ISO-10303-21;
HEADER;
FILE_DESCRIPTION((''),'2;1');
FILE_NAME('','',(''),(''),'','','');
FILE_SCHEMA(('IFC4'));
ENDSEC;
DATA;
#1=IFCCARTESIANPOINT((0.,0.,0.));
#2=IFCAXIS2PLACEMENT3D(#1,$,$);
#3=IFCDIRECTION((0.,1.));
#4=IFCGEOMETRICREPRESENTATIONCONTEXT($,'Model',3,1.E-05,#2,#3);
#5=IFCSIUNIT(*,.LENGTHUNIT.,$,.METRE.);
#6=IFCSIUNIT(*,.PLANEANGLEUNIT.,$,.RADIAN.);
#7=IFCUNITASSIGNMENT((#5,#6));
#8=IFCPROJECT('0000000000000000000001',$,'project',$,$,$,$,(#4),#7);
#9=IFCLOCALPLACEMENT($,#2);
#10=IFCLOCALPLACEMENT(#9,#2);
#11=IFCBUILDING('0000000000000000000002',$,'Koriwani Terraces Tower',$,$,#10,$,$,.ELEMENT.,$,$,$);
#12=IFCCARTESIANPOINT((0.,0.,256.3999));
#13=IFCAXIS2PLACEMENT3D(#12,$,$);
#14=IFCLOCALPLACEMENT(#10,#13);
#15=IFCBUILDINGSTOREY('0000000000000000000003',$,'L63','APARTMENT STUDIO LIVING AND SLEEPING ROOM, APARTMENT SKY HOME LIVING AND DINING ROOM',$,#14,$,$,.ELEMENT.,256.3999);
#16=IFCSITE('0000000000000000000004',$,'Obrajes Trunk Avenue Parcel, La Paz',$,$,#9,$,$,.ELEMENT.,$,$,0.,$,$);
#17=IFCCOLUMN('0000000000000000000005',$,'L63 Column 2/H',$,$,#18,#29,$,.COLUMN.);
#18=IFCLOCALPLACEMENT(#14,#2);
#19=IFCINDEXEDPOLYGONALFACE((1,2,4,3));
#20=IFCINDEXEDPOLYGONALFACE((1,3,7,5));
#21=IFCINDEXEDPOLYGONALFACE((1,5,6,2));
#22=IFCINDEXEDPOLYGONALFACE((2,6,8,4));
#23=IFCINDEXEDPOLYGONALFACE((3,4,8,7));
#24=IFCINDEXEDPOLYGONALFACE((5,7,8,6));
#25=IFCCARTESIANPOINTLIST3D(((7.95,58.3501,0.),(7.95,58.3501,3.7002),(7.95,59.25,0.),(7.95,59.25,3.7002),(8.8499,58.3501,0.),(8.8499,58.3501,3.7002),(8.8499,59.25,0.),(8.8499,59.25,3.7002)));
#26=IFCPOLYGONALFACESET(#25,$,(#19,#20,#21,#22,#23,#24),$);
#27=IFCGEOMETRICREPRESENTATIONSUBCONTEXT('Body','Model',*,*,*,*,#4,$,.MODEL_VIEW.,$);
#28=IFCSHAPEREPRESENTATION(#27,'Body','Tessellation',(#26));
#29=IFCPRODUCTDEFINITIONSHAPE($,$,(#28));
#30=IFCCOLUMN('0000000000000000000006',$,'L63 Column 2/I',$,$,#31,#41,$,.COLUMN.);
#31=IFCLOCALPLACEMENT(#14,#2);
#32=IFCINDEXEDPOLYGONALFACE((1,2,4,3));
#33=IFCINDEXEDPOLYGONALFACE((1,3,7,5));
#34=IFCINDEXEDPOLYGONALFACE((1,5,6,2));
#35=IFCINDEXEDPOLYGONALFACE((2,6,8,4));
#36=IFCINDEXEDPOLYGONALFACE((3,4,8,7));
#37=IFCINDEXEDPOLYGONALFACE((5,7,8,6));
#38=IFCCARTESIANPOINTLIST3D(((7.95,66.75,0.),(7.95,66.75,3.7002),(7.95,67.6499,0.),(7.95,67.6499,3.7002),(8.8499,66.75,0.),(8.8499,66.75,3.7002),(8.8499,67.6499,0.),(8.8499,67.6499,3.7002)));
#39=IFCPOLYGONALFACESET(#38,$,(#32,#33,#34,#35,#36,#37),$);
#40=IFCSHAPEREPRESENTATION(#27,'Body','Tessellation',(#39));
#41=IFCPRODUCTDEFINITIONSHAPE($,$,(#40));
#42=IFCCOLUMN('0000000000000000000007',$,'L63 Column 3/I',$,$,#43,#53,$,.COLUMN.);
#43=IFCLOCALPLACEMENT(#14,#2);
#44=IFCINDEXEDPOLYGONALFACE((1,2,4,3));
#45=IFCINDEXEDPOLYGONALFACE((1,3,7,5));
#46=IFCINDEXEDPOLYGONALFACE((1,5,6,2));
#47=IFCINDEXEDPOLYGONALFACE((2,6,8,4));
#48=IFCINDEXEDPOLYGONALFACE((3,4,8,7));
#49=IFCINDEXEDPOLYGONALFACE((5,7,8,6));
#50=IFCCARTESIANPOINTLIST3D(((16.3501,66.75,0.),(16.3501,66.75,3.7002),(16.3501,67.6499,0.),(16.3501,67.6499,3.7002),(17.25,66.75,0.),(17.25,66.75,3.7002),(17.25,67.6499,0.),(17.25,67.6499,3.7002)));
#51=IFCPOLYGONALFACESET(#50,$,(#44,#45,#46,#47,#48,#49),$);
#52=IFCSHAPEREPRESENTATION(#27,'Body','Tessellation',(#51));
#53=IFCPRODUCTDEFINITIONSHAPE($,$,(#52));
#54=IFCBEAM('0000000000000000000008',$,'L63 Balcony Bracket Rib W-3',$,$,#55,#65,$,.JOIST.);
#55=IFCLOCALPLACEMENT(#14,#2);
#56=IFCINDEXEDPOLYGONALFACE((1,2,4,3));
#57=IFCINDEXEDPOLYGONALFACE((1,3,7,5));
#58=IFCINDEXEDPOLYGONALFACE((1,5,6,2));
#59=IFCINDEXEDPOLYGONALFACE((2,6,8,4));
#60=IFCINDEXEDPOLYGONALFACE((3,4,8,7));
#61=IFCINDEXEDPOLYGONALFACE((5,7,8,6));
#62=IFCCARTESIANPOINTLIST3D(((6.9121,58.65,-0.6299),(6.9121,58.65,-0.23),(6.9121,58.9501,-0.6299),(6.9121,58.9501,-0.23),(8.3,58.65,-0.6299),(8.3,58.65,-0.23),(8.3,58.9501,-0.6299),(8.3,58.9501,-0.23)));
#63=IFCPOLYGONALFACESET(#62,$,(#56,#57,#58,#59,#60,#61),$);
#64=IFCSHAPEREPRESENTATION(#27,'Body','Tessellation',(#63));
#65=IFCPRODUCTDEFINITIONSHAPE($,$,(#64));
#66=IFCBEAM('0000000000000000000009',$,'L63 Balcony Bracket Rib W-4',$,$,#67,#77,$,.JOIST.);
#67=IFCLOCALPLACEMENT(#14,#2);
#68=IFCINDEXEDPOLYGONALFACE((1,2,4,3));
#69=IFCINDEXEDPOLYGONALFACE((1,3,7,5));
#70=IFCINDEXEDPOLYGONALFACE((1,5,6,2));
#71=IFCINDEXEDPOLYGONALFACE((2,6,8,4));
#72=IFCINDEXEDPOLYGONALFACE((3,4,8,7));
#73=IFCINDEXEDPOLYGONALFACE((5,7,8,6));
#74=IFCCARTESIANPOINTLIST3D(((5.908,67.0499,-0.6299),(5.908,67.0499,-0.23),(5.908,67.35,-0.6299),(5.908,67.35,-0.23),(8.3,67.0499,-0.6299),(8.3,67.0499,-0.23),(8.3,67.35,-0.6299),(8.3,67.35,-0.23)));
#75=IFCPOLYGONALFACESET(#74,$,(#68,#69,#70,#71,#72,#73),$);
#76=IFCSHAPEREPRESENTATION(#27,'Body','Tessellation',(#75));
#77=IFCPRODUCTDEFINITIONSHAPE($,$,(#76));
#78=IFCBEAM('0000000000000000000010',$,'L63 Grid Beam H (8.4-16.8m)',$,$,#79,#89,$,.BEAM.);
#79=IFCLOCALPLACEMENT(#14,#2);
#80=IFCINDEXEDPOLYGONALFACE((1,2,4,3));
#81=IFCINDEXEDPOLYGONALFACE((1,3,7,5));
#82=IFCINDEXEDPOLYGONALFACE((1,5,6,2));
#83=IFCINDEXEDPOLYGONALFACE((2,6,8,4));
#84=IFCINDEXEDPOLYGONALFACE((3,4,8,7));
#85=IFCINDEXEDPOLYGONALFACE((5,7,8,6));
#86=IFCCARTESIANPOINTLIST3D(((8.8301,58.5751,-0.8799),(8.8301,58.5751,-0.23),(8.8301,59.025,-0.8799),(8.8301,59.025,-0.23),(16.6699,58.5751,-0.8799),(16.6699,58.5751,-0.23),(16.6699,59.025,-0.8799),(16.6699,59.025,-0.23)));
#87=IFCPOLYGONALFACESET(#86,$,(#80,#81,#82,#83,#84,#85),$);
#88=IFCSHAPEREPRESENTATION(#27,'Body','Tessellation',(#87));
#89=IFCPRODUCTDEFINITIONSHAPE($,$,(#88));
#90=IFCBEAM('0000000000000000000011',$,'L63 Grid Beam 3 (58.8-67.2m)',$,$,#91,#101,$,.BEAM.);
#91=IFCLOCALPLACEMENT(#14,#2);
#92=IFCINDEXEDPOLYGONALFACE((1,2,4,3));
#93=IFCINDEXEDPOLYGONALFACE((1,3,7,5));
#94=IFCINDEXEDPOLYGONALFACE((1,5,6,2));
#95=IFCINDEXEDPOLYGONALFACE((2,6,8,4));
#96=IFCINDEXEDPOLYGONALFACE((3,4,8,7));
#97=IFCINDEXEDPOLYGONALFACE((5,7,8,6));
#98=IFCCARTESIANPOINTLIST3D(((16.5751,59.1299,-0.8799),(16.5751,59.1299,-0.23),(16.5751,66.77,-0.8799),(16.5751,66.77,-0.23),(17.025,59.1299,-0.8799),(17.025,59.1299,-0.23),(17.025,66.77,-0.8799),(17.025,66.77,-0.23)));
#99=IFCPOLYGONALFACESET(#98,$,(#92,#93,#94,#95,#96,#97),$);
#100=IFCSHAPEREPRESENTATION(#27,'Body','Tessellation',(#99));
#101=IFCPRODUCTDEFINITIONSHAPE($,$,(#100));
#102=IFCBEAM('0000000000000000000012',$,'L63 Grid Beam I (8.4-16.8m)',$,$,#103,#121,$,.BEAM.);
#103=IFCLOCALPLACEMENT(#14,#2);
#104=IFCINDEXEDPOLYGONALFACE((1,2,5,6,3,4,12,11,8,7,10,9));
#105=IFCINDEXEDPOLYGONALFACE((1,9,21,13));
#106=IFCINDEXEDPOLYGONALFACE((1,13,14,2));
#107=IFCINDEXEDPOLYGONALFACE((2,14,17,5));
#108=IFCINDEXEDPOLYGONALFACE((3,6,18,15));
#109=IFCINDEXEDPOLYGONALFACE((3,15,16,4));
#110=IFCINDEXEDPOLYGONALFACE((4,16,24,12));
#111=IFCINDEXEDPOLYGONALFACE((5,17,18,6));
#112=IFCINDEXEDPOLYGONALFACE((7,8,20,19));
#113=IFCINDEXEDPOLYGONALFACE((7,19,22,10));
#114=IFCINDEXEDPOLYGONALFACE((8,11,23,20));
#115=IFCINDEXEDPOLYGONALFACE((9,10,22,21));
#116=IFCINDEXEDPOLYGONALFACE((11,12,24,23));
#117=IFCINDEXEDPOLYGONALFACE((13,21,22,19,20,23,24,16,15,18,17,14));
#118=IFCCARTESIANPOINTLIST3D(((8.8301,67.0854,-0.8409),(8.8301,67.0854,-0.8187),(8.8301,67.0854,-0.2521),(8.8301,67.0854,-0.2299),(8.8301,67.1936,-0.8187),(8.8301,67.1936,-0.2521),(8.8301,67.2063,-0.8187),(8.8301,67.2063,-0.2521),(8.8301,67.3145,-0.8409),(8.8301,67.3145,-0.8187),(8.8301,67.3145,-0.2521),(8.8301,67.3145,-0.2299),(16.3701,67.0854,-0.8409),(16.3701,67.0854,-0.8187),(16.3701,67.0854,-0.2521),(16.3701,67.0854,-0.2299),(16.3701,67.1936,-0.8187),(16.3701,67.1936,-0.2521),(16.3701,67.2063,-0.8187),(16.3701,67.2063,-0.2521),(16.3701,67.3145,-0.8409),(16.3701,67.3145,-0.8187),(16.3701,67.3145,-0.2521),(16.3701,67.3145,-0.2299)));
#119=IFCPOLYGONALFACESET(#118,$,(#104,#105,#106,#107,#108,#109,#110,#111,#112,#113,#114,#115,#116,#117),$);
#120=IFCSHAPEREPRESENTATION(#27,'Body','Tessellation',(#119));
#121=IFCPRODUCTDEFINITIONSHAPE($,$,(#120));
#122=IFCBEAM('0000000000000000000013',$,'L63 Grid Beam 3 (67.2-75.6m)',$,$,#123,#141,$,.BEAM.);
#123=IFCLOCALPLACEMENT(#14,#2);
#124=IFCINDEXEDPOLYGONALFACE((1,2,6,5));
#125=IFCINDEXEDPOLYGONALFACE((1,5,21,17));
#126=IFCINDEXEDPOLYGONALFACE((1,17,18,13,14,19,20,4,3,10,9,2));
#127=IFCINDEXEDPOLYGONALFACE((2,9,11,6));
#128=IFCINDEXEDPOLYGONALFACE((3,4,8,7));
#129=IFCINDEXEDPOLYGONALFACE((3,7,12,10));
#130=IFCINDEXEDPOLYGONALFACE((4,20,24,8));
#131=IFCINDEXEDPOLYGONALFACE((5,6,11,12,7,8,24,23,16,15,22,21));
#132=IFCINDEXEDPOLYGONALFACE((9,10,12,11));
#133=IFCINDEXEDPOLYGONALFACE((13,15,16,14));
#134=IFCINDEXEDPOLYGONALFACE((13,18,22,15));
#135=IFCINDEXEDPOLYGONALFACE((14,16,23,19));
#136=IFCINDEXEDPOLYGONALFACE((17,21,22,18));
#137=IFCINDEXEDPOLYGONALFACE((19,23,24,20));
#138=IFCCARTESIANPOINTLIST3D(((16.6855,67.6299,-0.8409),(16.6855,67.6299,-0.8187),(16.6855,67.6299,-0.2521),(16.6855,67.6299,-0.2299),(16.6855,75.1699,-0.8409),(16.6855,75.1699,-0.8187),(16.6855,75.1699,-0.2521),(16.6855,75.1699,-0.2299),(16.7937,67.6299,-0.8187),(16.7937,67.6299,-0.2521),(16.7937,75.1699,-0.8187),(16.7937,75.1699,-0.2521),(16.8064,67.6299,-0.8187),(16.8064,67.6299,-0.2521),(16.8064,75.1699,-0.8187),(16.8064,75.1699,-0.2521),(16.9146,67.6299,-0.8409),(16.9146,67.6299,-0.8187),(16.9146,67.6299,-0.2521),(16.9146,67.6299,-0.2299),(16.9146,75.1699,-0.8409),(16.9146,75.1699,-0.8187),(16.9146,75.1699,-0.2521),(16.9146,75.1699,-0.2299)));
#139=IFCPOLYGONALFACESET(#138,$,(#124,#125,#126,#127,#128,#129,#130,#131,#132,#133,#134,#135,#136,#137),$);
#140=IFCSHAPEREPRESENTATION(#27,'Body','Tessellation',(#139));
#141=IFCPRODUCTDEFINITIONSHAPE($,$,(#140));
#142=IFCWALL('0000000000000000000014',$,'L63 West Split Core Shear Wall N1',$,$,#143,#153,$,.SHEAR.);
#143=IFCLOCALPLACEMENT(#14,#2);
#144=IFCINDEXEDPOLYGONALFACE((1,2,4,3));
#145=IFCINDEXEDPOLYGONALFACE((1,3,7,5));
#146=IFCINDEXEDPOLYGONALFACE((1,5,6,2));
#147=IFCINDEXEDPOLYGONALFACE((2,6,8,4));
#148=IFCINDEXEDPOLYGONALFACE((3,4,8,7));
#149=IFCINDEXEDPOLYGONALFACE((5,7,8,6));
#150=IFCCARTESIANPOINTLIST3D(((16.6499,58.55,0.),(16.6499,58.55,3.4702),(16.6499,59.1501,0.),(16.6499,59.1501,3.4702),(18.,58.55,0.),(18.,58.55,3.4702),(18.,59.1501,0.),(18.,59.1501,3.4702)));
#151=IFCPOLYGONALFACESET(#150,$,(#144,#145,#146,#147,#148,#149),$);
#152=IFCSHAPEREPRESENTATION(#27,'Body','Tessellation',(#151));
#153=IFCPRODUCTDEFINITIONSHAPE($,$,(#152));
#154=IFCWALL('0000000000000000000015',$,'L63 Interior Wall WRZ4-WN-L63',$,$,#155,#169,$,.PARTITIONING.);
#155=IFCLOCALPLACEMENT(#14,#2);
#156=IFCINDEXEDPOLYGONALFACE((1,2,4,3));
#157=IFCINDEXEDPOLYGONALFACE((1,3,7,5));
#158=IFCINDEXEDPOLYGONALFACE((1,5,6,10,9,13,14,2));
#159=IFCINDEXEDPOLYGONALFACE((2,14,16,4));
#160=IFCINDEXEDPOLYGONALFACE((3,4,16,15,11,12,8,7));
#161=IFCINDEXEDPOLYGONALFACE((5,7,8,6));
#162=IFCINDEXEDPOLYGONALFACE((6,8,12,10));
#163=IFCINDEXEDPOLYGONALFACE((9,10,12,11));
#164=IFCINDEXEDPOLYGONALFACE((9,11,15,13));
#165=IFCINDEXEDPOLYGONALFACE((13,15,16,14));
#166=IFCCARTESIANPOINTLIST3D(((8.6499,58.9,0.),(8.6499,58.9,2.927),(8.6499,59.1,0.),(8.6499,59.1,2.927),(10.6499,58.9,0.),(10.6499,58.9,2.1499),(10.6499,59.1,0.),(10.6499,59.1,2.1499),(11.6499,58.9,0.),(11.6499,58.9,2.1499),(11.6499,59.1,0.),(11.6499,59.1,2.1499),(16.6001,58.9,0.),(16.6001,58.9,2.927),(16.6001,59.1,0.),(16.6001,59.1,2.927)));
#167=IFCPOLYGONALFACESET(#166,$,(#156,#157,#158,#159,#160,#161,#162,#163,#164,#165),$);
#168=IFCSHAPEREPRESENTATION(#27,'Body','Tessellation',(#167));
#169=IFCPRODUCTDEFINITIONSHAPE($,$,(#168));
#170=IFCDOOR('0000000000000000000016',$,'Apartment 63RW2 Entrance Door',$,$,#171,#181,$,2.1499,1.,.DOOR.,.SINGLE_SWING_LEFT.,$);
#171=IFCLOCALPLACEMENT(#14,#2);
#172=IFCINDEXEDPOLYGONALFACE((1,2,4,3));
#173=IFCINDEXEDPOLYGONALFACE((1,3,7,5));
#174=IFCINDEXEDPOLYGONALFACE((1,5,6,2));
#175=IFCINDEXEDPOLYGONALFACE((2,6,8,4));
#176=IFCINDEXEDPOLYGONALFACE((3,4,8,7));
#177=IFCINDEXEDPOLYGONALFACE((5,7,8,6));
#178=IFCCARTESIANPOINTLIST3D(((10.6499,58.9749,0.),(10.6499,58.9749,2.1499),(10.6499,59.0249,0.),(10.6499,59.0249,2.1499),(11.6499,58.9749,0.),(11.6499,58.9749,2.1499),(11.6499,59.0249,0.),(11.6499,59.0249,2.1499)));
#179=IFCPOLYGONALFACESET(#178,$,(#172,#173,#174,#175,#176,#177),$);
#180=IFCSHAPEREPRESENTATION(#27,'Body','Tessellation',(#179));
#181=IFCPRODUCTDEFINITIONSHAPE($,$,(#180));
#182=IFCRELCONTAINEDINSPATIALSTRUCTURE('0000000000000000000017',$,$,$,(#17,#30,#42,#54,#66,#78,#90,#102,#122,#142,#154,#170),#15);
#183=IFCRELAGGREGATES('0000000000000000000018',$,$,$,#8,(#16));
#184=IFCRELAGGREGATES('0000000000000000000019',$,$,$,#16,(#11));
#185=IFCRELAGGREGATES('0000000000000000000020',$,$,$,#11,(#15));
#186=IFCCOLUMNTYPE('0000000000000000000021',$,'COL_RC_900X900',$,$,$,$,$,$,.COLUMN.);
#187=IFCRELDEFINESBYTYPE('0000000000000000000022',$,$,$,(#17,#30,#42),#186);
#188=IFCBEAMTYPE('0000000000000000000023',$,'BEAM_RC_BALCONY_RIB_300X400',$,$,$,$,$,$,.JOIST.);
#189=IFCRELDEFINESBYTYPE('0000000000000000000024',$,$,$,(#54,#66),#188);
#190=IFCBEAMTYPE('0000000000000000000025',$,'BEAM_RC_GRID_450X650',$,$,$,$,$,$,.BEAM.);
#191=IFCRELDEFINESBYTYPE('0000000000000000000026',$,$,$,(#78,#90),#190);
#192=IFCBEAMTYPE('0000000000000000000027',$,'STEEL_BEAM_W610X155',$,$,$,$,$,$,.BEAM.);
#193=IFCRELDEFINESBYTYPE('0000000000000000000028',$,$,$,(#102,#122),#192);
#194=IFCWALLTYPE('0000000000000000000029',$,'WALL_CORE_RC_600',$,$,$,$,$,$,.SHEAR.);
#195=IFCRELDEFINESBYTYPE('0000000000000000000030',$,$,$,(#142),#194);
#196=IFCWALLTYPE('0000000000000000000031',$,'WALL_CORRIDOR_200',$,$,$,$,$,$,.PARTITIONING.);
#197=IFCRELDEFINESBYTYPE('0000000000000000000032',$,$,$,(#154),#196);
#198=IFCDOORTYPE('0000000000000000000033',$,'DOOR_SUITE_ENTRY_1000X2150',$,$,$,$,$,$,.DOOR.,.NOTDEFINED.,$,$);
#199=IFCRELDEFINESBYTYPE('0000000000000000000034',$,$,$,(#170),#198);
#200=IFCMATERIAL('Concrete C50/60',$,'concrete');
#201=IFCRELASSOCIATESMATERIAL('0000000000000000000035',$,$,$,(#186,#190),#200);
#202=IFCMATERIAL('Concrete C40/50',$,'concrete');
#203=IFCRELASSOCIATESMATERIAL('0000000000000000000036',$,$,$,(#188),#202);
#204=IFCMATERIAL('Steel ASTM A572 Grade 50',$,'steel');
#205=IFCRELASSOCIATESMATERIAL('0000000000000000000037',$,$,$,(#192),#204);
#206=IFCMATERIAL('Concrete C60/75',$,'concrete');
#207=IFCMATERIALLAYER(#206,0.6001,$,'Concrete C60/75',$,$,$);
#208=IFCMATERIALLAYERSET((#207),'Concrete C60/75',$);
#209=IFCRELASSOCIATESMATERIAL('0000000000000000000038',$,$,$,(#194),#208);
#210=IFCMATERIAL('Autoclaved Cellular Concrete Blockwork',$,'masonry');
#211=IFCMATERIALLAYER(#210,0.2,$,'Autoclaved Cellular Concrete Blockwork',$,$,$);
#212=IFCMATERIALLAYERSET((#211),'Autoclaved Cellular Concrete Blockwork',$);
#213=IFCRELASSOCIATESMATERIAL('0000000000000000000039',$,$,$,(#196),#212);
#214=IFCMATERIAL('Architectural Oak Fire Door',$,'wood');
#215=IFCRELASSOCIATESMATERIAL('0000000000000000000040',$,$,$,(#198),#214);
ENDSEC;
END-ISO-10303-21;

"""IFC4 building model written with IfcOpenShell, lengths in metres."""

from ifc_helpers import new_model, si_unit, direction, frame, frame_2d, origin, origin_2d, place, context, subcontext, project, spatial, rectangle, i_section, extrude, material, layer, layer_set, material_profile, profile_set, type_object, element, fill, save


model = new_model("IFC4")

# Units and contexts
model_context = context("Model", 3, precision=1e-05, world=origin(), true_north=direction((0.0, 1.0)))
body_context = subcontext(model_context, "Body", "Model", "MODEL_VIEW")
ifc_project = project(units=[si_unit("LENGTHUNIT", "METRE"), si_unit("PLANEANGLEUNIT", "RADIAN")], contexts=[model_context])

# Site, building, storey
site_placement = place(None, origin())
site = spatial("IfcSite", under=ifc_project, at=site_placement, Name="Obrajes Trunk Avenue Parcel, La Paz", CompositionType="ELEMENT", RefElevation=0.0)
building_placement = place(site_placement, origin())
building = spatial("IfcBuilding", under=site, at=building_placement, Name="Koriwani Terraces Tower", CompositionType="ELEMENT")
storey_placement = place(building_placement, frame((0.0, 0.0, 256.3999)))
storey = spatial("IfcBuildingStorey", under=building, at=storey_placement, Name="L63", Description="APARTMENT STUDIO LIVING AND SLEEPING ROOM, APARTMENT SKY HOME LIVING AND DINING ROOM", CompositionType="ELEMENT", Elevation=256.3999)

# Columns
ifc_material_1 = material(Name="Concrete C50/60", Category="concrete")
ifc_material_profile_1 = material_profile(ifc_material_1, rectangle(XDim=0.8999, YDim=0.8999, at=origin_2d()), Name="Concrete C50/60", Category="LoadBearing")
ifc_profile_set_1 = profile_set([ifc_material_profile_1], Name="Concrete C50/60")
column_type = type_object("IfcColumnType", Name="COL_RC_900X900", PredefinedType="COLUMN", material=ifc_profile_set_1)
for number, where, z_axis, x_axis, name in (
    (1, (8.3999, 58.8, 0.0), (0.0, 0.0, 1.0), (1.0, 0.0, 0.0), "L63 Column 2/H"),
    (2, (8.3999, 67.2, 0.0), (0.0, 0.0, 1.0), (1.0, 0.0, 0.0), "L63 Column 2/I"),
    (3, (16.8, 67.2, 0.0), (0.0, 0.0, 1.0), (1.0, 0.0, 0.0), "L63 Column 3/I"),
):
    element("IfcColumn", number, at=place(storey_placement, frame(where, z_axis=z_axis, x_axis=x_axis)), inside=storey, type_object=column_type, Name=name, PredefinedType="COLUMN", context=body_context, shape_type="SweptSolid", body=[
        extrude(rectangle(XDim=0.8999, YDim=0.8999, at=origin_2d()), origin(), (0.0, 0.0, 1.0), 3.7002),
    ])

# Beams
ifc_material_2 = material(Name="Concrete C40/50", Category="concrete")
ifc_material_profile_2 = material_profile(ifc_material_2, rectangle(XDim=0.3, YDim=0.3999, at=origin_2d()), Name="Concrete C40/50", Category="LoadBearing")
ifc_profile_set_2 = profile_set([ifc_material_profile_2], Name="Concrete C40/50")
beam_type_1 = type_object("IfcBeamType", Name="BEAM_RC_BALCONY_RIB_300X400", PredefinedType="JOIST", material=ifc_profile_set_2)
beam_1_placement = place(storey_placement, frame((6.9121, 58.8, -0.4299), z_axis=(1.0, 0.0, 0.0), x_axis=(0.0, 1.0, 0.0)))
element("IfcBeam", 4, at=beam_1_placement, inside=storey, type_object=beam_type_1, Name="L63 Balcony Bracket Rib W-3", PredefinedType="JOIST", context=body_context, shape_type="SweptSolid", body=[
    extrude(rectangle(XDim=0.3, YDim=0.3999, at=origin_2d()), origin(), (0.0, 0.0, 1.0), 1.3879),
])
beam_2_placement = place(storey_placement, frame((5.908, 67.2, -0.4299), z_axis=(1.0, 0.0, 0.0), x_axis=(0.0, 1.0, 0.0)))
element("IfcBeam", 5, at=beam_2_placement, inside=storey, type_object=beam_type_1, Name="L63 Balcony Bracket Rib W-4", PredefinedType="JOIST", context=body_context, shape_type="SweptSolid", body=[
    extrude(rectangle(XDim=0.3, YDim=0.3999, at=origin_2d()), origin(), (0.0, 0.0, 1.0), 2.3921),
])
ifc_material_profile_3 = material_profile(ifc_material_1, rectangle(XDim=0.45, YDim=0.6499, at=origin_2d()), Name="Concrete C50/60", Category="LoadBearing")
ifc_profile_set_3 = profile_set([ifc_material_profile_3], Name="Concrete C50/60")
beam_type_2 = type_object("IfcBeamType", Name="BEAM_RC_GRID_450X650", PredefinedType="BEAM", material=ifc_profile_set_3)
beam_3_placement = place(storey_placement, frame((8.8301, 58.8, -0.5549), z_axis=(1.0, 0.0, 0.0), x_axis=(0.0, 1.0, 0.0)))
element("IfcBeam", 6, at=beam_3_placement, inside=storey, type_object=beam_type_2, Name="L63 Grid Beam H (8.4-16.8m)", PredefinedType="BEAM", context=body_context, shape_type="SweptSolid", body=[
    extrude(rectangle(XDim=0.45, YDim=0.6499, at=origin_2d()), origin(), (0.0, 0.0, 1.0), 7.8398),
])
beam_4_placement = place(storey_placement, frame((16.8, 59.1299, -0.5549), z_axis=(0.0, 1.0, 0.0), x_axis=(-1.0, 0.0, 0.0)))
element("IfcBeam", 7, at=beam_4_placement, inside=storey, type_object=beam_type_2, Name="L63 Grid Beam 3 (58.8-67.2m)", PredefinedType="BEAM", context=body_context, shape_type="SweptSolid", body=[
    extrude(rectangle(XDim=0.45, YDim=0.6499, at=origin_2d()), origin(), (0.0, 0.0, 1.0), 7.6401),
])
ifc_material_3 = material(Name="Steel ASTM A572 Grade 50", Category="steel")
ifc_material_profile_4 = material_profile(ifc_material_3, i_section(OverallWidth=0.229, OverallDepth=0.6111, WebThickness=0.0127, FlangeThickness=0.0222, at=origin_2d()), Name="Steel ASTM A572 Grade 50", Category="LoadBearing")
ifc_profile_set_4 = profile_set([ifc_material_profile_4], Name="Steel ASTM A572 Grade 50")
beam_type_3 = type_object("IfcBeamType", Name="STEEL_BEAM_W610X155", PredefinedType="BEAM", material=ifc_profile_set_4)
for number, where, z_axis, x_axis, name in (
    (8, (8.8301, 67.2, -0.5354), (1.0, 0.0, 0.0), (0.0, 1.0, 0.0), "L63 Grid Beam I (8.4-16.8m)"),
    (9, (16.8, 67.6299, -0.5354), (0.0, 1.0, 0.0), (-1.0, 0.0, 0.0), "L63 Grid Beam 3 (67.2-75.6m)"),
):
    element("IfcBeam", number, at=place(storey_placement, frame(where, z_axis=z_axis, x_axis=x_axis)), inside=storey, type_object=beam_type_3, Name=name, PredefinedType="BEAM", context=body_context, shape_type="SweptSolid", body=[
        extrude(i_section(OverallWidth=0.229, OverallDepth=0.6111, WebThickness=0.0127, FlangeThickness=0.0222, at=origin_2d()), origin(), (0.0, 0.0, 1.0), 7.54),
    ])

# Wall
ifc_material_4 = material(Name="Concrete C60/75", Category="concrete")
ifc_layer_1 = layer(ifc_material_4, 0.6001, Name="Concrete C60/75")
ifc_layer_set_1 = layer_set([ifc_layer_1], Name="Concrete C60/75")
wall_type_1 = type_object("IfcWallType", Name="WALL_CORE_RC_600", PredefinedType="SHEAR", material=ifc_layer_set_1)
wall_1_placement = place(storey_placement, frame((16.6499, 58.8501, 0.0), z_axis=(0.0, 0.0, 1.0), x_axis=(1.0, 0.0, 0.0)))
element("IfcWall", 10, at=wall_1_placement, inside=storey, type_object=wall_type_1, Name="L63 West Split Core Shear Wall N1", PredefinedType="SHEAR", context=body_context, shape_type="SweptSolid", body=[
    extrude(rectangle(XDim=1.3501, YDim=0.6001, at=frame_2d((0.675, 0.0))), origin(), (0.0, 0.0, 1.0), 3.4702),
])

# Wall, opening, door
ifc_material_5 = material(Name="Autoclaved Cellular Concrete Blockwork", Category="masonry")
ifc_layer_2 = layer(ifc_material_5, 0.2, Name="Autoclaved Cellular Concrete Blockwork")
ifc_layer_set_2 = layer_set([ifc_layer_2], Name="Autoclaved Cellular Concrete Blockwork")
wall_type_2 = type_object("IfcWallType", Name="WALL_CORRIDOR_200", PredefinedType="PARTITIONING", material=ifc_layer_set_2)
wall_2_placement = place(storey_placement, frame((8.6499, 59.0, 0.0), z_axis=(0.0, 0.0, 1.0), x_axis=(1.0, 0.0, 0.0)))
wall_2 = element("IfcWall", 11, at=wall_2_placement, inside=storey, type_object=wall_type_2, Name="L63 Interior Wall WRZ4-WN-L63", PredefinedType="PARTITIONING", context=body_context, shape_type="SweptSolid", body=[
    extrude(rectangle(XDim=7.9502, YDim=0.2, at=frame_2d((3.9751, 0.0))), origin(), (0.0, 0.0, 1.0), 2.927),
])
opening_1_placement = place(wall_2_placement, frame((2.0, 0.0, 0.0)))
opening_1 = element("IfcOpeningElement", 12, at=opening_1_placement, cuts=wall_2, PredefinedType="OPENING", context=body_context, shape_type="SweptSolid", body=[
    extrude(rectangle(XDim=1.0, YDim=2.1499, at=frame_2d((0.5, 1.075))), frame((0.0, 0.1099, 0.0), z_axis=(0.0, -1.0, 0.0), x_axis=(1.0, 0.0, 0.0)), (0.0, 0.0, 1.0), 0.22),
])
ifc_material_6 = material(Name="Architectural Oak Fire Door", Category="wood")
door_type_1 = type_object("IfcDoorType", Name="DOOR_SUITE_ENTRY_1000X2150", OperationType="NOTDEFINED", PredefinedType="DOOR", material=ifc_material_6)
door_1_placement = place(opening_1_placement, origin())
door_1 = element("IfcDoor", 13, at=door_1_placement, inside=storey, type_object=door_type_1, Name="Apartment 63RW2 Entrance Door", OperationType="SINGLE_SWING_LEFT", OverallHeight=2.1499, OverallWidth=1.0, PredefinedType="DOOR", context=body_context, shape_type="SweptSolid", body=[
    extrude(rectangle(XDim=1.0, YDim=2.1499, at=frame_2d((0.5, 1.075))), frame((0.0, 0.0249, 0.0), z_axis=(0.0, -1.0, 0.0), x_axis=(1.0, 0.0, 0.0)), (0.0, 0.0, 1.0), 0.05),
])
fill(opening_1, door_1)

save(model, "model.ifc")
